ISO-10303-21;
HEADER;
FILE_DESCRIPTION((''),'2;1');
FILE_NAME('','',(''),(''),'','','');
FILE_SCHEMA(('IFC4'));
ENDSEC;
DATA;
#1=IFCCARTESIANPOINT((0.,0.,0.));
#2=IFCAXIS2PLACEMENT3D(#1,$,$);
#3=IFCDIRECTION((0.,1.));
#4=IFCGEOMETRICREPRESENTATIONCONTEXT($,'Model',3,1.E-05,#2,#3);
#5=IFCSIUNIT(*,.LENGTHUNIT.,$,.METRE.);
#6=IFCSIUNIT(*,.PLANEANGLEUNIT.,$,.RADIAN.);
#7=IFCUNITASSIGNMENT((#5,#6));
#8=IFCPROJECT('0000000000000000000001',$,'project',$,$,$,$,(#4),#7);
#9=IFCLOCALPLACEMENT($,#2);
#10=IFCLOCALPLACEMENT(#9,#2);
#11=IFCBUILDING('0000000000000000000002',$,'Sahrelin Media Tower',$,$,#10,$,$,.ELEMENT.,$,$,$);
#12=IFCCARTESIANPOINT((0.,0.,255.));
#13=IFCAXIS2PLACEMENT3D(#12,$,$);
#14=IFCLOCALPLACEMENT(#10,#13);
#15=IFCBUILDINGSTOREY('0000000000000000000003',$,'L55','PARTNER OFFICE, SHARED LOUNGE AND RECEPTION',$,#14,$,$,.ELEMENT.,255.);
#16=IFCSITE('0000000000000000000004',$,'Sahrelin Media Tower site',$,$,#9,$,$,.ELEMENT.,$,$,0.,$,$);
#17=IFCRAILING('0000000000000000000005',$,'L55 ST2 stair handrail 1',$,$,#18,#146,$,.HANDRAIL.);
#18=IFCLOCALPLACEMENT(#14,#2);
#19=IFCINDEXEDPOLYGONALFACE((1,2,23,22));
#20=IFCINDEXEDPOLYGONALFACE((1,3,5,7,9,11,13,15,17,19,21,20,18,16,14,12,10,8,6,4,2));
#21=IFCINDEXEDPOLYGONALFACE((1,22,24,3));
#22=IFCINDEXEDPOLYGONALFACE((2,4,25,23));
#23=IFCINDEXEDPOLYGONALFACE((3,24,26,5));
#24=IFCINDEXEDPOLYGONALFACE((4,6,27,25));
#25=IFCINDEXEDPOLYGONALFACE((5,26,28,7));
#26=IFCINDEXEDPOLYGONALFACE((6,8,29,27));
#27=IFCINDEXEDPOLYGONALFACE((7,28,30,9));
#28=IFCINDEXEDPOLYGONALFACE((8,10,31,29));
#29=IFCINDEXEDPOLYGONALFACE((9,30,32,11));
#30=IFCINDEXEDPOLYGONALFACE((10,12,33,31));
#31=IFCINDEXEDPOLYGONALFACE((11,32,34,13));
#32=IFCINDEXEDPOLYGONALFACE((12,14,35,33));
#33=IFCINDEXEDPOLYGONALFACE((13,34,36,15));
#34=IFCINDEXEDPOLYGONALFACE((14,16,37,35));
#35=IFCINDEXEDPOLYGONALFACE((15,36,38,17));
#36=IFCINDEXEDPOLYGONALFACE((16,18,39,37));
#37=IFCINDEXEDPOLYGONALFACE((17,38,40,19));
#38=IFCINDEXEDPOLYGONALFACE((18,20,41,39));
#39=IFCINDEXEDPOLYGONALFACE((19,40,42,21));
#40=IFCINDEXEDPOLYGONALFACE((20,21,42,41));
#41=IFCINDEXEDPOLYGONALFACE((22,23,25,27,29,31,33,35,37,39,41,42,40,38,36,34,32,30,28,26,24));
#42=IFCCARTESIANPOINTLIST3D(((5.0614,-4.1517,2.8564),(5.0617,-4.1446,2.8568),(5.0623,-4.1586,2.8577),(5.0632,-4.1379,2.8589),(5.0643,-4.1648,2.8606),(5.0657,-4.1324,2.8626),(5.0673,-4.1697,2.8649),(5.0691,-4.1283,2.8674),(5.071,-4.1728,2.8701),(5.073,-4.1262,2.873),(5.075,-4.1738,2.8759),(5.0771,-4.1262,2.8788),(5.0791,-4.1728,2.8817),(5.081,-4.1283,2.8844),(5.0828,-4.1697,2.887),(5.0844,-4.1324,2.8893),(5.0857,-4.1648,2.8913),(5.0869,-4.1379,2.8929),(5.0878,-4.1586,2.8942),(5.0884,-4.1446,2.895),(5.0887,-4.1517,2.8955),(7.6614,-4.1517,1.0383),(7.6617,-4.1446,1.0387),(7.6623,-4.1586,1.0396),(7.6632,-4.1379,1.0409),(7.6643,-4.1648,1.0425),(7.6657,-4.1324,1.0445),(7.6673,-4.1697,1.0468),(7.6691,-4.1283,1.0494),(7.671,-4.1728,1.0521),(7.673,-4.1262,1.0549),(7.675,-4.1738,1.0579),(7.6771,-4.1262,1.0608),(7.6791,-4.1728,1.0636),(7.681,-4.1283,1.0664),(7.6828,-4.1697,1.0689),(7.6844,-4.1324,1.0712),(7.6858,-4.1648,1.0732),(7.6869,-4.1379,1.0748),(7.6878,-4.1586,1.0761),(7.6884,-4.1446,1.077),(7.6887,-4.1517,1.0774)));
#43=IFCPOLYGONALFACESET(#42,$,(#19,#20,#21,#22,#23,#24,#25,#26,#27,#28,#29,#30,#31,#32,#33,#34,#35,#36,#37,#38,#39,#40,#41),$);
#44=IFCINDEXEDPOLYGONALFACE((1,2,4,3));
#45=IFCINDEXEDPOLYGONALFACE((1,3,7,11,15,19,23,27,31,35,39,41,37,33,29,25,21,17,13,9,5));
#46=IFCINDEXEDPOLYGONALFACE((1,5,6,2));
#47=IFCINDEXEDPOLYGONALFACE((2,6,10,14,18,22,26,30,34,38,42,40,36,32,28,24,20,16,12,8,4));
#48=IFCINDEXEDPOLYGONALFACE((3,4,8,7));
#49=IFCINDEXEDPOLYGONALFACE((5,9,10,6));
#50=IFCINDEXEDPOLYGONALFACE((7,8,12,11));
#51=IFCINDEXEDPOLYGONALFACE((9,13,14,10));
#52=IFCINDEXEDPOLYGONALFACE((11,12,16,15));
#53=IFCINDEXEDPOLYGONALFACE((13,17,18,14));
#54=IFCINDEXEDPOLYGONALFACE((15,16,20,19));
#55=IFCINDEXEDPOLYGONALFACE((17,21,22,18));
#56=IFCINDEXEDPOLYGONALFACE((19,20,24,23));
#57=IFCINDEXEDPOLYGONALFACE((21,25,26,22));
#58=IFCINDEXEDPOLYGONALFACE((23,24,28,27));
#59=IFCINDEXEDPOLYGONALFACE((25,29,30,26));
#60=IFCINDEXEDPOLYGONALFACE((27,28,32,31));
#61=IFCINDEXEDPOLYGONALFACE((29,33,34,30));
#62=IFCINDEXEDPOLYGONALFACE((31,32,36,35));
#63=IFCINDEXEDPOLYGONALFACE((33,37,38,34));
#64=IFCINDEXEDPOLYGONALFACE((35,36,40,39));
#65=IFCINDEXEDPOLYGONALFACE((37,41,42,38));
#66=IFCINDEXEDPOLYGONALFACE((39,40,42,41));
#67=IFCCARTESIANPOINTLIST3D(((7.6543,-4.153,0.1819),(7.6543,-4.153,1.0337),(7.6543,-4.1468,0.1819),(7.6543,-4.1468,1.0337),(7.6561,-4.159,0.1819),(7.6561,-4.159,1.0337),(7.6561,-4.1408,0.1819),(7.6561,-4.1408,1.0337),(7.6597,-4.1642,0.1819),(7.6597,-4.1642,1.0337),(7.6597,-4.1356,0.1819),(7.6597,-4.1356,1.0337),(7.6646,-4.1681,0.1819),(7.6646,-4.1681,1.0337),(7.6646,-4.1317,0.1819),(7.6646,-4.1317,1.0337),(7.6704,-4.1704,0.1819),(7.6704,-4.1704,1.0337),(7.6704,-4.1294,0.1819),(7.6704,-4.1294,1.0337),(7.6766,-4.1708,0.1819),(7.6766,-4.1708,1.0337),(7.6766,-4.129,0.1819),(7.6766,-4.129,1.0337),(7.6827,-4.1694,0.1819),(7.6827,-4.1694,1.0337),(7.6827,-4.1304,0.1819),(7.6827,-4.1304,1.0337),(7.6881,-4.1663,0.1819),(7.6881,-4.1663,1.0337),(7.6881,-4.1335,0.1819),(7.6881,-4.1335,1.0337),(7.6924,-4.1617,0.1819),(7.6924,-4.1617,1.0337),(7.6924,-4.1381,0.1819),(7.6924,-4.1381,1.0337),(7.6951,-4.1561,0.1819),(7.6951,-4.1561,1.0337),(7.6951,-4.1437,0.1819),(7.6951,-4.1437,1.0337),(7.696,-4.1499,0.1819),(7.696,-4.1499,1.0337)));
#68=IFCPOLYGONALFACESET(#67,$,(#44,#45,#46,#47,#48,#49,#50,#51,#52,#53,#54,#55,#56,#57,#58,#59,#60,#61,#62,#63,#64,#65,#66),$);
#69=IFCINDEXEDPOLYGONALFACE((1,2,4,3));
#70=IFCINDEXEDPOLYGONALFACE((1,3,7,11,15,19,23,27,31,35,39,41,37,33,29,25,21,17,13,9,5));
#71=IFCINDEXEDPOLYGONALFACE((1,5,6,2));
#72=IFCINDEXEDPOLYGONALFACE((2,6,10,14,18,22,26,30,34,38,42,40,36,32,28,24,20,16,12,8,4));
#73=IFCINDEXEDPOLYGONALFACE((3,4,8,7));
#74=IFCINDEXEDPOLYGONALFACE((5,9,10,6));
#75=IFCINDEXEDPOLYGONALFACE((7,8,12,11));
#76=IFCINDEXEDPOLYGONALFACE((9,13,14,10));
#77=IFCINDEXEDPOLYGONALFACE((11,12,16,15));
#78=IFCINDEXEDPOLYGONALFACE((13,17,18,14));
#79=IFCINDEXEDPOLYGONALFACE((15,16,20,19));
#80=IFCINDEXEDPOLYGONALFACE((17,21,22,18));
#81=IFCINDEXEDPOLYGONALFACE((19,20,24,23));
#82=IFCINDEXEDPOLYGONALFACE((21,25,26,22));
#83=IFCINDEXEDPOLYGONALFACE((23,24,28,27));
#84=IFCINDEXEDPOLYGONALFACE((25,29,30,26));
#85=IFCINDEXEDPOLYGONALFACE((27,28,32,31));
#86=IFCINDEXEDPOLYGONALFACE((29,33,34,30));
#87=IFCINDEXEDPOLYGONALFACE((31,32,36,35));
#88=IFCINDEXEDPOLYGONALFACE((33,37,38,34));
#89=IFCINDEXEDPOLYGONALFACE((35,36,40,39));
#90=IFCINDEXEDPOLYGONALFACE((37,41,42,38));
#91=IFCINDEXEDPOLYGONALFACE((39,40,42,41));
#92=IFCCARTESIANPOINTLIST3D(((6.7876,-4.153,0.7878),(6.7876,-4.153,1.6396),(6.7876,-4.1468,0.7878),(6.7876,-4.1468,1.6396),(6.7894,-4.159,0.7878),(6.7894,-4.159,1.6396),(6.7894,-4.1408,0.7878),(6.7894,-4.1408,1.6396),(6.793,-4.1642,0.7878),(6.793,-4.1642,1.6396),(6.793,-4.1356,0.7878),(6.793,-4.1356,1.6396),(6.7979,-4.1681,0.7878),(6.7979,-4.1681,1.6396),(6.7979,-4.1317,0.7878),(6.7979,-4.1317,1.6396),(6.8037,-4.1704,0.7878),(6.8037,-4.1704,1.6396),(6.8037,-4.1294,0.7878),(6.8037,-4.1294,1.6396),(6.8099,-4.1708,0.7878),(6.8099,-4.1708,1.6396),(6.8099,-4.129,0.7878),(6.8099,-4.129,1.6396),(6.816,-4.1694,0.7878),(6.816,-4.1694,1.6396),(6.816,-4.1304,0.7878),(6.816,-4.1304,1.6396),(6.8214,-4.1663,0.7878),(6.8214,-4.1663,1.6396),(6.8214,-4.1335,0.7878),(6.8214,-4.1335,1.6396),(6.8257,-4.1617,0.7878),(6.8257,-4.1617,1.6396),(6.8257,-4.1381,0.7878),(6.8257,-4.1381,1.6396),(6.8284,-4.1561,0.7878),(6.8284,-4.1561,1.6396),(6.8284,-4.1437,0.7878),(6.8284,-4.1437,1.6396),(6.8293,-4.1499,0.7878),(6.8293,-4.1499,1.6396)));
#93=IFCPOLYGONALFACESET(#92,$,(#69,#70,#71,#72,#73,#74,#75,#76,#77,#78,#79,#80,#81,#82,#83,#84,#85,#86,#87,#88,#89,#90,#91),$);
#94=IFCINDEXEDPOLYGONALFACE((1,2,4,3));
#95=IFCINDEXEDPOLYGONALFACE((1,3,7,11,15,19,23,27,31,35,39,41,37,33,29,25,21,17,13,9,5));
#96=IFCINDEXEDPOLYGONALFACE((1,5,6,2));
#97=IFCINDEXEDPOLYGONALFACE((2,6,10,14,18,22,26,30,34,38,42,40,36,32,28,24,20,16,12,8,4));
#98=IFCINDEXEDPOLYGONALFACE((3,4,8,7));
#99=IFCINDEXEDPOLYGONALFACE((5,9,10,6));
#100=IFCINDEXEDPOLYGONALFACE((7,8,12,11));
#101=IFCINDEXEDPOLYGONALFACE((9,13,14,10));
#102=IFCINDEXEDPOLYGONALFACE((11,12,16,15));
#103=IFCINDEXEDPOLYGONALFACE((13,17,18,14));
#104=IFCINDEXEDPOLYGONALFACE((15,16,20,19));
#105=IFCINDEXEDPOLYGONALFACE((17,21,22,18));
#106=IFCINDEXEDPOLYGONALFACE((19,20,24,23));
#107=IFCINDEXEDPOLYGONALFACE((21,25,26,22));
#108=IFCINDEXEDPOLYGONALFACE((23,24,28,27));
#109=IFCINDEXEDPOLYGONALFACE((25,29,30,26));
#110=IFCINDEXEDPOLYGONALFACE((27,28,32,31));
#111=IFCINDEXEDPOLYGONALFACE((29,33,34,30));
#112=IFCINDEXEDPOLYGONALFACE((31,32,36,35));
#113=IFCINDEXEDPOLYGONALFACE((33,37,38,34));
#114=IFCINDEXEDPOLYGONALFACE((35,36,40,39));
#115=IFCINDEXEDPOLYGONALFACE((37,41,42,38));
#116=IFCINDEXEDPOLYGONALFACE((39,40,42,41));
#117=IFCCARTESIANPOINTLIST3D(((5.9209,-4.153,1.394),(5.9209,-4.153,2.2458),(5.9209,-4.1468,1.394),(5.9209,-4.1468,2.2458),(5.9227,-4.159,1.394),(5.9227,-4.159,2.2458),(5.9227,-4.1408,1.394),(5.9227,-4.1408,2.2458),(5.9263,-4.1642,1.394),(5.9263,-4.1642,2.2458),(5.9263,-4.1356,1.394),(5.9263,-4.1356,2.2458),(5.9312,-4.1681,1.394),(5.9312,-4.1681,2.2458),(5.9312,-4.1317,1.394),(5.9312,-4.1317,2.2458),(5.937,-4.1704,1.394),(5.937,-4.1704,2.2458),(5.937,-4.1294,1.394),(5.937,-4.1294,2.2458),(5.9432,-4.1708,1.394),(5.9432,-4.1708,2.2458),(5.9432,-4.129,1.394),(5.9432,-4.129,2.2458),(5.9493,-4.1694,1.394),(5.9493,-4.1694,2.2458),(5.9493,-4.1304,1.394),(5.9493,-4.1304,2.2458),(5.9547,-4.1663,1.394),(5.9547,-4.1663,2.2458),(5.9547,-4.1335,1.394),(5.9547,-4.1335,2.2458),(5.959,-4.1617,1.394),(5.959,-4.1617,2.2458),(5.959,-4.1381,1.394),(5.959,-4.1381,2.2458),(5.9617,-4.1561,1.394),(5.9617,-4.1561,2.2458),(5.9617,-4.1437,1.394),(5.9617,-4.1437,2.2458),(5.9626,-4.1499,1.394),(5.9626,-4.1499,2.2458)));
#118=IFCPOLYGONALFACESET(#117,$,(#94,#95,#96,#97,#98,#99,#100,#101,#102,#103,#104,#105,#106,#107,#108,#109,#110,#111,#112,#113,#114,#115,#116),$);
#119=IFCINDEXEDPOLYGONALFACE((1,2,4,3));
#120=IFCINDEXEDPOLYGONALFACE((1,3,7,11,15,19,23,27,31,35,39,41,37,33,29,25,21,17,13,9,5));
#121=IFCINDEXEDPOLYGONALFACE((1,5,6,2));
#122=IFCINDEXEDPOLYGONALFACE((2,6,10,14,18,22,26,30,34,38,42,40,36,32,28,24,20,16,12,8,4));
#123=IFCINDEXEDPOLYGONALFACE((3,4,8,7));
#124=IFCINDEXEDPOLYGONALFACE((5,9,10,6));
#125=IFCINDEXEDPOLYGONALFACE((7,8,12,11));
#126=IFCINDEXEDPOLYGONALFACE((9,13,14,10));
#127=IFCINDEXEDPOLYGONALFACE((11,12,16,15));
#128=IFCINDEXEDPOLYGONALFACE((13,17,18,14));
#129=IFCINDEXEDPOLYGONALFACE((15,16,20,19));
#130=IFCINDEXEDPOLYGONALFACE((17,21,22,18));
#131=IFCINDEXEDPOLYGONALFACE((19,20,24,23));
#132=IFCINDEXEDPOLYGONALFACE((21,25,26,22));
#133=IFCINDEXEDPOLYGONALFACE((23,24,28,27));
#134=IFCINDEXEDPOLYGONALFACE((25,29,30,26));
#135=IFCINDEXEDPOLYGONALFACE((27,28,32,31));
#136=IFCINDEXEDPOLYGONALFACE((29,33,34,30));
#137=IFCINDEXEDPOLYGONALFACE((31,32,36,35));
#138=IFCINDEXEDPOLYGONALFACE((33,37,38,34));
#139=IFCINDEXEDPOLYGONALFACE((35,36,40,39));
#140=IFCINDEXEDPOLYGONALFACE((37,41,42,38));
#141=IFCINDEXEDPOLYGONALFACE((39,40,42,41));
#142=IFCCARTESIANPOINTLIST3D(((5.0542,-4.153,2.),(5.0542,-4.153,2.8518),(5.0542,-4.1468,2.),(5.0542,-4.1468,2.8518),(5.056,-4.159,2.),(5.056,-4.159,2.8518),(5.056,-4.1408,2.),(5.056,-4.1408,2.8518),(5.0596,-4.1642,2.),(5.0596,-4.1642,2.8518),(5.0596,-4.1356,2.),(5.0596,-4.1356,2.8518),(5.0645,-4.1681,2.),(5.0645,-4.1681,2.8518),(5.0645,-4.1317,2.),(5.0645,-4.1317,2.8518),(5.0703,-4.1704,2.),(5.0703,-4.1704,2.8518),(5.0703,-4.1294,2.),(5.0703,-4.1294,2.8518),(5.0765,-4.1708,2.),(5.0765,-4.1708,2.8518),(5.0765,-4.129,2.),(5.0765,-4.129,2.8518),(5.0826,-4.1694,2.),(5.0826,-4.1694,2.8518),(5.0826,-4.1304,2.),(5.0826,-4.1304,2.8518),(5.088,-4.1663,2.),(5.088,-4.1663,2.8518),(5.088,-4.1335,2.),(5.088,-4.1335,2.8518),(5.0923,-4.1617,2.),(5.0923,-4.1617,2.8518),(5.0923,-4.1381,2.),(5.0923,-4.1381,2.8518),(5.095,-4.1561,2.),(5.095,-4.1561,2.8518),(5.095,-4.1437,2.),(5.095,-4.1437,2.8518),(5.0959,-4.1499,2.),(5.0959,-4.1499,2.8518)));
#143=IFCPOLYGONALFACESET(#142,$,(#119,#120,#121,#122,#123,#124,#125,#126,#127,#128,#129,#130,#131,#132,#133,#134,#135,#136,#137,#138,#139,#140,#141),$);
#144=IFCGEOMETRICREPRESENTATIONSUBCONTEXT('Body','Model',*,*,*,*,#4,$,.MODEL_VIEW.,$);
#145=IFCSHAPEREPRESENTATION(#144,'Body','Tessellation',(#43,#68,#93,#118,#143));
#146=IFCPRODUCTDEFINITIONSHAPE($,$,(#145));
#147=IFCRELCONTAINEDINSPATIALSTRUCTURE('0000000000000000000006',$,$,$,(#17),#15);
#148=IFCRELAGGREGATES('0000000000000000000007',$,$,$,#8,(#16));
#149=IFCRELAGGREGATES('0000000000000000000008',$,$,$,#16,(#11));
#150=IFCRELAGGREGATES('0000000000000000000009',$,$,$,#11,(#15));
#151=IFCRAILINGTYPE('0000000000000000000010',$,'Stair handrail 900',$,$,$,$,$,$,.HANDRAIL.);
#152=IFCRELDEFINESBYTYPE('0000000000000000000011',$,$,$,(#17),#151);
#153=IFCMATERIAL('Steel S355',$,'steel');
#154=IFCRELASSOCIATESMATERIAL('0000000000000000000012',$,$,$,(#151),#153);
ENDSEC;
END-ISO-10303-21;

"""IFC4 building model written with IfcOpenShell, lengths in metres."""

from ifc_helpers import new_model, si_unit, direction, frame, origin, origin_2d, place, context, subcontext, project, spatial, circle, extrude, material, type_object, element, save


model = new_model("IFC4")

# Units and contexts
model_context = context("Model", 3, precision=1e-05, world=origin(), true_north=direction((0.0, 1.0)))
body_context = subcontext(model_context, "Body", "Model", "MODEL_VIEW")
ifc_project = project(units=[si_unit("LENGTHUNIT", "METRE"), si_unit("PLANEANGLEUNIT", "RADIAN")], contexts=[model_context])

# Site, building, storey
site_placement = place(None, origin())
site = spatial("IfcSite", under=ifc_project, at=site_placement, Name="Sahrelin Media Tower site", CompositionType="ELEMENT", RefElevation=0.0)
building_placement = place(site_placement, origin())
building = spatial("IfcBuilding", under=site, at=building_placement, Name="Sahrelin Media Tower", CompositionType="ELEMENT")
storey_placement = place(building_placement, frame((0.0, 0.0, 255.0)))
storey = spatial("IfcBuildingStorey", under=building, at=storey_placement, Name="L55", Description="PARTNER OFFICE, SHARED LOUNGE AND RECEPTION", CompositionType="ELEMENT", Elevation=255.0)

# Shared definitions
ifc_material_1 = material(Name="Steel S355", Category="steel")

# Railing
railing_type_1 = type_object("IfcRailingType", Name="Stair handrail 900", PredefinedType="HANDRAIL", material=ifc_material_1)
railing_1_placement = place(storey_placement, frame((7.675, -4.1499, 0.1819)))
element("IfcRailing", 1, at=railing_1_placement, inside=storey, type_object=railing_type_1, Name="L55 ST2 stair handrail 1", PredefinedType="HANDRAIL", context=body_context, shape_type="SweptSolid", body=[
    extrude(circle(Radius=0.0239, at=origin_2d()), frame((0.0, 0.0, 0.876), z_axis=(-0.819521, 0.0, 0.573049), x_axis=(0.0, -1.0, 0.0)), (0.0, 0.0, 1.0), 3.1726),
    extrude(circle(Radius=0.021, at=origin_2d()), origin(), (0.0, 0.0, 1.0), 0.8518),
    extrude(circle(Radius=0.021, at=origin_2d()), frame((-0.8667, 0.0, 0.606)), (0.0, 0.0, 1.0), 0.8518),
    extrude(circle(Radius=0.021, at=origin_2d()), frame((-1.7334, 0.0, 1.2122)), (0.0, 0.0, 1.0), 0.8518),
    extrude(circle(Radius=0.021, at=origin_2d()), frame((-2.6001, 0.0, 1.8181)), (0.0, 0.0, 1.0), 0.8518),
])

save(model, "model.ifc")
